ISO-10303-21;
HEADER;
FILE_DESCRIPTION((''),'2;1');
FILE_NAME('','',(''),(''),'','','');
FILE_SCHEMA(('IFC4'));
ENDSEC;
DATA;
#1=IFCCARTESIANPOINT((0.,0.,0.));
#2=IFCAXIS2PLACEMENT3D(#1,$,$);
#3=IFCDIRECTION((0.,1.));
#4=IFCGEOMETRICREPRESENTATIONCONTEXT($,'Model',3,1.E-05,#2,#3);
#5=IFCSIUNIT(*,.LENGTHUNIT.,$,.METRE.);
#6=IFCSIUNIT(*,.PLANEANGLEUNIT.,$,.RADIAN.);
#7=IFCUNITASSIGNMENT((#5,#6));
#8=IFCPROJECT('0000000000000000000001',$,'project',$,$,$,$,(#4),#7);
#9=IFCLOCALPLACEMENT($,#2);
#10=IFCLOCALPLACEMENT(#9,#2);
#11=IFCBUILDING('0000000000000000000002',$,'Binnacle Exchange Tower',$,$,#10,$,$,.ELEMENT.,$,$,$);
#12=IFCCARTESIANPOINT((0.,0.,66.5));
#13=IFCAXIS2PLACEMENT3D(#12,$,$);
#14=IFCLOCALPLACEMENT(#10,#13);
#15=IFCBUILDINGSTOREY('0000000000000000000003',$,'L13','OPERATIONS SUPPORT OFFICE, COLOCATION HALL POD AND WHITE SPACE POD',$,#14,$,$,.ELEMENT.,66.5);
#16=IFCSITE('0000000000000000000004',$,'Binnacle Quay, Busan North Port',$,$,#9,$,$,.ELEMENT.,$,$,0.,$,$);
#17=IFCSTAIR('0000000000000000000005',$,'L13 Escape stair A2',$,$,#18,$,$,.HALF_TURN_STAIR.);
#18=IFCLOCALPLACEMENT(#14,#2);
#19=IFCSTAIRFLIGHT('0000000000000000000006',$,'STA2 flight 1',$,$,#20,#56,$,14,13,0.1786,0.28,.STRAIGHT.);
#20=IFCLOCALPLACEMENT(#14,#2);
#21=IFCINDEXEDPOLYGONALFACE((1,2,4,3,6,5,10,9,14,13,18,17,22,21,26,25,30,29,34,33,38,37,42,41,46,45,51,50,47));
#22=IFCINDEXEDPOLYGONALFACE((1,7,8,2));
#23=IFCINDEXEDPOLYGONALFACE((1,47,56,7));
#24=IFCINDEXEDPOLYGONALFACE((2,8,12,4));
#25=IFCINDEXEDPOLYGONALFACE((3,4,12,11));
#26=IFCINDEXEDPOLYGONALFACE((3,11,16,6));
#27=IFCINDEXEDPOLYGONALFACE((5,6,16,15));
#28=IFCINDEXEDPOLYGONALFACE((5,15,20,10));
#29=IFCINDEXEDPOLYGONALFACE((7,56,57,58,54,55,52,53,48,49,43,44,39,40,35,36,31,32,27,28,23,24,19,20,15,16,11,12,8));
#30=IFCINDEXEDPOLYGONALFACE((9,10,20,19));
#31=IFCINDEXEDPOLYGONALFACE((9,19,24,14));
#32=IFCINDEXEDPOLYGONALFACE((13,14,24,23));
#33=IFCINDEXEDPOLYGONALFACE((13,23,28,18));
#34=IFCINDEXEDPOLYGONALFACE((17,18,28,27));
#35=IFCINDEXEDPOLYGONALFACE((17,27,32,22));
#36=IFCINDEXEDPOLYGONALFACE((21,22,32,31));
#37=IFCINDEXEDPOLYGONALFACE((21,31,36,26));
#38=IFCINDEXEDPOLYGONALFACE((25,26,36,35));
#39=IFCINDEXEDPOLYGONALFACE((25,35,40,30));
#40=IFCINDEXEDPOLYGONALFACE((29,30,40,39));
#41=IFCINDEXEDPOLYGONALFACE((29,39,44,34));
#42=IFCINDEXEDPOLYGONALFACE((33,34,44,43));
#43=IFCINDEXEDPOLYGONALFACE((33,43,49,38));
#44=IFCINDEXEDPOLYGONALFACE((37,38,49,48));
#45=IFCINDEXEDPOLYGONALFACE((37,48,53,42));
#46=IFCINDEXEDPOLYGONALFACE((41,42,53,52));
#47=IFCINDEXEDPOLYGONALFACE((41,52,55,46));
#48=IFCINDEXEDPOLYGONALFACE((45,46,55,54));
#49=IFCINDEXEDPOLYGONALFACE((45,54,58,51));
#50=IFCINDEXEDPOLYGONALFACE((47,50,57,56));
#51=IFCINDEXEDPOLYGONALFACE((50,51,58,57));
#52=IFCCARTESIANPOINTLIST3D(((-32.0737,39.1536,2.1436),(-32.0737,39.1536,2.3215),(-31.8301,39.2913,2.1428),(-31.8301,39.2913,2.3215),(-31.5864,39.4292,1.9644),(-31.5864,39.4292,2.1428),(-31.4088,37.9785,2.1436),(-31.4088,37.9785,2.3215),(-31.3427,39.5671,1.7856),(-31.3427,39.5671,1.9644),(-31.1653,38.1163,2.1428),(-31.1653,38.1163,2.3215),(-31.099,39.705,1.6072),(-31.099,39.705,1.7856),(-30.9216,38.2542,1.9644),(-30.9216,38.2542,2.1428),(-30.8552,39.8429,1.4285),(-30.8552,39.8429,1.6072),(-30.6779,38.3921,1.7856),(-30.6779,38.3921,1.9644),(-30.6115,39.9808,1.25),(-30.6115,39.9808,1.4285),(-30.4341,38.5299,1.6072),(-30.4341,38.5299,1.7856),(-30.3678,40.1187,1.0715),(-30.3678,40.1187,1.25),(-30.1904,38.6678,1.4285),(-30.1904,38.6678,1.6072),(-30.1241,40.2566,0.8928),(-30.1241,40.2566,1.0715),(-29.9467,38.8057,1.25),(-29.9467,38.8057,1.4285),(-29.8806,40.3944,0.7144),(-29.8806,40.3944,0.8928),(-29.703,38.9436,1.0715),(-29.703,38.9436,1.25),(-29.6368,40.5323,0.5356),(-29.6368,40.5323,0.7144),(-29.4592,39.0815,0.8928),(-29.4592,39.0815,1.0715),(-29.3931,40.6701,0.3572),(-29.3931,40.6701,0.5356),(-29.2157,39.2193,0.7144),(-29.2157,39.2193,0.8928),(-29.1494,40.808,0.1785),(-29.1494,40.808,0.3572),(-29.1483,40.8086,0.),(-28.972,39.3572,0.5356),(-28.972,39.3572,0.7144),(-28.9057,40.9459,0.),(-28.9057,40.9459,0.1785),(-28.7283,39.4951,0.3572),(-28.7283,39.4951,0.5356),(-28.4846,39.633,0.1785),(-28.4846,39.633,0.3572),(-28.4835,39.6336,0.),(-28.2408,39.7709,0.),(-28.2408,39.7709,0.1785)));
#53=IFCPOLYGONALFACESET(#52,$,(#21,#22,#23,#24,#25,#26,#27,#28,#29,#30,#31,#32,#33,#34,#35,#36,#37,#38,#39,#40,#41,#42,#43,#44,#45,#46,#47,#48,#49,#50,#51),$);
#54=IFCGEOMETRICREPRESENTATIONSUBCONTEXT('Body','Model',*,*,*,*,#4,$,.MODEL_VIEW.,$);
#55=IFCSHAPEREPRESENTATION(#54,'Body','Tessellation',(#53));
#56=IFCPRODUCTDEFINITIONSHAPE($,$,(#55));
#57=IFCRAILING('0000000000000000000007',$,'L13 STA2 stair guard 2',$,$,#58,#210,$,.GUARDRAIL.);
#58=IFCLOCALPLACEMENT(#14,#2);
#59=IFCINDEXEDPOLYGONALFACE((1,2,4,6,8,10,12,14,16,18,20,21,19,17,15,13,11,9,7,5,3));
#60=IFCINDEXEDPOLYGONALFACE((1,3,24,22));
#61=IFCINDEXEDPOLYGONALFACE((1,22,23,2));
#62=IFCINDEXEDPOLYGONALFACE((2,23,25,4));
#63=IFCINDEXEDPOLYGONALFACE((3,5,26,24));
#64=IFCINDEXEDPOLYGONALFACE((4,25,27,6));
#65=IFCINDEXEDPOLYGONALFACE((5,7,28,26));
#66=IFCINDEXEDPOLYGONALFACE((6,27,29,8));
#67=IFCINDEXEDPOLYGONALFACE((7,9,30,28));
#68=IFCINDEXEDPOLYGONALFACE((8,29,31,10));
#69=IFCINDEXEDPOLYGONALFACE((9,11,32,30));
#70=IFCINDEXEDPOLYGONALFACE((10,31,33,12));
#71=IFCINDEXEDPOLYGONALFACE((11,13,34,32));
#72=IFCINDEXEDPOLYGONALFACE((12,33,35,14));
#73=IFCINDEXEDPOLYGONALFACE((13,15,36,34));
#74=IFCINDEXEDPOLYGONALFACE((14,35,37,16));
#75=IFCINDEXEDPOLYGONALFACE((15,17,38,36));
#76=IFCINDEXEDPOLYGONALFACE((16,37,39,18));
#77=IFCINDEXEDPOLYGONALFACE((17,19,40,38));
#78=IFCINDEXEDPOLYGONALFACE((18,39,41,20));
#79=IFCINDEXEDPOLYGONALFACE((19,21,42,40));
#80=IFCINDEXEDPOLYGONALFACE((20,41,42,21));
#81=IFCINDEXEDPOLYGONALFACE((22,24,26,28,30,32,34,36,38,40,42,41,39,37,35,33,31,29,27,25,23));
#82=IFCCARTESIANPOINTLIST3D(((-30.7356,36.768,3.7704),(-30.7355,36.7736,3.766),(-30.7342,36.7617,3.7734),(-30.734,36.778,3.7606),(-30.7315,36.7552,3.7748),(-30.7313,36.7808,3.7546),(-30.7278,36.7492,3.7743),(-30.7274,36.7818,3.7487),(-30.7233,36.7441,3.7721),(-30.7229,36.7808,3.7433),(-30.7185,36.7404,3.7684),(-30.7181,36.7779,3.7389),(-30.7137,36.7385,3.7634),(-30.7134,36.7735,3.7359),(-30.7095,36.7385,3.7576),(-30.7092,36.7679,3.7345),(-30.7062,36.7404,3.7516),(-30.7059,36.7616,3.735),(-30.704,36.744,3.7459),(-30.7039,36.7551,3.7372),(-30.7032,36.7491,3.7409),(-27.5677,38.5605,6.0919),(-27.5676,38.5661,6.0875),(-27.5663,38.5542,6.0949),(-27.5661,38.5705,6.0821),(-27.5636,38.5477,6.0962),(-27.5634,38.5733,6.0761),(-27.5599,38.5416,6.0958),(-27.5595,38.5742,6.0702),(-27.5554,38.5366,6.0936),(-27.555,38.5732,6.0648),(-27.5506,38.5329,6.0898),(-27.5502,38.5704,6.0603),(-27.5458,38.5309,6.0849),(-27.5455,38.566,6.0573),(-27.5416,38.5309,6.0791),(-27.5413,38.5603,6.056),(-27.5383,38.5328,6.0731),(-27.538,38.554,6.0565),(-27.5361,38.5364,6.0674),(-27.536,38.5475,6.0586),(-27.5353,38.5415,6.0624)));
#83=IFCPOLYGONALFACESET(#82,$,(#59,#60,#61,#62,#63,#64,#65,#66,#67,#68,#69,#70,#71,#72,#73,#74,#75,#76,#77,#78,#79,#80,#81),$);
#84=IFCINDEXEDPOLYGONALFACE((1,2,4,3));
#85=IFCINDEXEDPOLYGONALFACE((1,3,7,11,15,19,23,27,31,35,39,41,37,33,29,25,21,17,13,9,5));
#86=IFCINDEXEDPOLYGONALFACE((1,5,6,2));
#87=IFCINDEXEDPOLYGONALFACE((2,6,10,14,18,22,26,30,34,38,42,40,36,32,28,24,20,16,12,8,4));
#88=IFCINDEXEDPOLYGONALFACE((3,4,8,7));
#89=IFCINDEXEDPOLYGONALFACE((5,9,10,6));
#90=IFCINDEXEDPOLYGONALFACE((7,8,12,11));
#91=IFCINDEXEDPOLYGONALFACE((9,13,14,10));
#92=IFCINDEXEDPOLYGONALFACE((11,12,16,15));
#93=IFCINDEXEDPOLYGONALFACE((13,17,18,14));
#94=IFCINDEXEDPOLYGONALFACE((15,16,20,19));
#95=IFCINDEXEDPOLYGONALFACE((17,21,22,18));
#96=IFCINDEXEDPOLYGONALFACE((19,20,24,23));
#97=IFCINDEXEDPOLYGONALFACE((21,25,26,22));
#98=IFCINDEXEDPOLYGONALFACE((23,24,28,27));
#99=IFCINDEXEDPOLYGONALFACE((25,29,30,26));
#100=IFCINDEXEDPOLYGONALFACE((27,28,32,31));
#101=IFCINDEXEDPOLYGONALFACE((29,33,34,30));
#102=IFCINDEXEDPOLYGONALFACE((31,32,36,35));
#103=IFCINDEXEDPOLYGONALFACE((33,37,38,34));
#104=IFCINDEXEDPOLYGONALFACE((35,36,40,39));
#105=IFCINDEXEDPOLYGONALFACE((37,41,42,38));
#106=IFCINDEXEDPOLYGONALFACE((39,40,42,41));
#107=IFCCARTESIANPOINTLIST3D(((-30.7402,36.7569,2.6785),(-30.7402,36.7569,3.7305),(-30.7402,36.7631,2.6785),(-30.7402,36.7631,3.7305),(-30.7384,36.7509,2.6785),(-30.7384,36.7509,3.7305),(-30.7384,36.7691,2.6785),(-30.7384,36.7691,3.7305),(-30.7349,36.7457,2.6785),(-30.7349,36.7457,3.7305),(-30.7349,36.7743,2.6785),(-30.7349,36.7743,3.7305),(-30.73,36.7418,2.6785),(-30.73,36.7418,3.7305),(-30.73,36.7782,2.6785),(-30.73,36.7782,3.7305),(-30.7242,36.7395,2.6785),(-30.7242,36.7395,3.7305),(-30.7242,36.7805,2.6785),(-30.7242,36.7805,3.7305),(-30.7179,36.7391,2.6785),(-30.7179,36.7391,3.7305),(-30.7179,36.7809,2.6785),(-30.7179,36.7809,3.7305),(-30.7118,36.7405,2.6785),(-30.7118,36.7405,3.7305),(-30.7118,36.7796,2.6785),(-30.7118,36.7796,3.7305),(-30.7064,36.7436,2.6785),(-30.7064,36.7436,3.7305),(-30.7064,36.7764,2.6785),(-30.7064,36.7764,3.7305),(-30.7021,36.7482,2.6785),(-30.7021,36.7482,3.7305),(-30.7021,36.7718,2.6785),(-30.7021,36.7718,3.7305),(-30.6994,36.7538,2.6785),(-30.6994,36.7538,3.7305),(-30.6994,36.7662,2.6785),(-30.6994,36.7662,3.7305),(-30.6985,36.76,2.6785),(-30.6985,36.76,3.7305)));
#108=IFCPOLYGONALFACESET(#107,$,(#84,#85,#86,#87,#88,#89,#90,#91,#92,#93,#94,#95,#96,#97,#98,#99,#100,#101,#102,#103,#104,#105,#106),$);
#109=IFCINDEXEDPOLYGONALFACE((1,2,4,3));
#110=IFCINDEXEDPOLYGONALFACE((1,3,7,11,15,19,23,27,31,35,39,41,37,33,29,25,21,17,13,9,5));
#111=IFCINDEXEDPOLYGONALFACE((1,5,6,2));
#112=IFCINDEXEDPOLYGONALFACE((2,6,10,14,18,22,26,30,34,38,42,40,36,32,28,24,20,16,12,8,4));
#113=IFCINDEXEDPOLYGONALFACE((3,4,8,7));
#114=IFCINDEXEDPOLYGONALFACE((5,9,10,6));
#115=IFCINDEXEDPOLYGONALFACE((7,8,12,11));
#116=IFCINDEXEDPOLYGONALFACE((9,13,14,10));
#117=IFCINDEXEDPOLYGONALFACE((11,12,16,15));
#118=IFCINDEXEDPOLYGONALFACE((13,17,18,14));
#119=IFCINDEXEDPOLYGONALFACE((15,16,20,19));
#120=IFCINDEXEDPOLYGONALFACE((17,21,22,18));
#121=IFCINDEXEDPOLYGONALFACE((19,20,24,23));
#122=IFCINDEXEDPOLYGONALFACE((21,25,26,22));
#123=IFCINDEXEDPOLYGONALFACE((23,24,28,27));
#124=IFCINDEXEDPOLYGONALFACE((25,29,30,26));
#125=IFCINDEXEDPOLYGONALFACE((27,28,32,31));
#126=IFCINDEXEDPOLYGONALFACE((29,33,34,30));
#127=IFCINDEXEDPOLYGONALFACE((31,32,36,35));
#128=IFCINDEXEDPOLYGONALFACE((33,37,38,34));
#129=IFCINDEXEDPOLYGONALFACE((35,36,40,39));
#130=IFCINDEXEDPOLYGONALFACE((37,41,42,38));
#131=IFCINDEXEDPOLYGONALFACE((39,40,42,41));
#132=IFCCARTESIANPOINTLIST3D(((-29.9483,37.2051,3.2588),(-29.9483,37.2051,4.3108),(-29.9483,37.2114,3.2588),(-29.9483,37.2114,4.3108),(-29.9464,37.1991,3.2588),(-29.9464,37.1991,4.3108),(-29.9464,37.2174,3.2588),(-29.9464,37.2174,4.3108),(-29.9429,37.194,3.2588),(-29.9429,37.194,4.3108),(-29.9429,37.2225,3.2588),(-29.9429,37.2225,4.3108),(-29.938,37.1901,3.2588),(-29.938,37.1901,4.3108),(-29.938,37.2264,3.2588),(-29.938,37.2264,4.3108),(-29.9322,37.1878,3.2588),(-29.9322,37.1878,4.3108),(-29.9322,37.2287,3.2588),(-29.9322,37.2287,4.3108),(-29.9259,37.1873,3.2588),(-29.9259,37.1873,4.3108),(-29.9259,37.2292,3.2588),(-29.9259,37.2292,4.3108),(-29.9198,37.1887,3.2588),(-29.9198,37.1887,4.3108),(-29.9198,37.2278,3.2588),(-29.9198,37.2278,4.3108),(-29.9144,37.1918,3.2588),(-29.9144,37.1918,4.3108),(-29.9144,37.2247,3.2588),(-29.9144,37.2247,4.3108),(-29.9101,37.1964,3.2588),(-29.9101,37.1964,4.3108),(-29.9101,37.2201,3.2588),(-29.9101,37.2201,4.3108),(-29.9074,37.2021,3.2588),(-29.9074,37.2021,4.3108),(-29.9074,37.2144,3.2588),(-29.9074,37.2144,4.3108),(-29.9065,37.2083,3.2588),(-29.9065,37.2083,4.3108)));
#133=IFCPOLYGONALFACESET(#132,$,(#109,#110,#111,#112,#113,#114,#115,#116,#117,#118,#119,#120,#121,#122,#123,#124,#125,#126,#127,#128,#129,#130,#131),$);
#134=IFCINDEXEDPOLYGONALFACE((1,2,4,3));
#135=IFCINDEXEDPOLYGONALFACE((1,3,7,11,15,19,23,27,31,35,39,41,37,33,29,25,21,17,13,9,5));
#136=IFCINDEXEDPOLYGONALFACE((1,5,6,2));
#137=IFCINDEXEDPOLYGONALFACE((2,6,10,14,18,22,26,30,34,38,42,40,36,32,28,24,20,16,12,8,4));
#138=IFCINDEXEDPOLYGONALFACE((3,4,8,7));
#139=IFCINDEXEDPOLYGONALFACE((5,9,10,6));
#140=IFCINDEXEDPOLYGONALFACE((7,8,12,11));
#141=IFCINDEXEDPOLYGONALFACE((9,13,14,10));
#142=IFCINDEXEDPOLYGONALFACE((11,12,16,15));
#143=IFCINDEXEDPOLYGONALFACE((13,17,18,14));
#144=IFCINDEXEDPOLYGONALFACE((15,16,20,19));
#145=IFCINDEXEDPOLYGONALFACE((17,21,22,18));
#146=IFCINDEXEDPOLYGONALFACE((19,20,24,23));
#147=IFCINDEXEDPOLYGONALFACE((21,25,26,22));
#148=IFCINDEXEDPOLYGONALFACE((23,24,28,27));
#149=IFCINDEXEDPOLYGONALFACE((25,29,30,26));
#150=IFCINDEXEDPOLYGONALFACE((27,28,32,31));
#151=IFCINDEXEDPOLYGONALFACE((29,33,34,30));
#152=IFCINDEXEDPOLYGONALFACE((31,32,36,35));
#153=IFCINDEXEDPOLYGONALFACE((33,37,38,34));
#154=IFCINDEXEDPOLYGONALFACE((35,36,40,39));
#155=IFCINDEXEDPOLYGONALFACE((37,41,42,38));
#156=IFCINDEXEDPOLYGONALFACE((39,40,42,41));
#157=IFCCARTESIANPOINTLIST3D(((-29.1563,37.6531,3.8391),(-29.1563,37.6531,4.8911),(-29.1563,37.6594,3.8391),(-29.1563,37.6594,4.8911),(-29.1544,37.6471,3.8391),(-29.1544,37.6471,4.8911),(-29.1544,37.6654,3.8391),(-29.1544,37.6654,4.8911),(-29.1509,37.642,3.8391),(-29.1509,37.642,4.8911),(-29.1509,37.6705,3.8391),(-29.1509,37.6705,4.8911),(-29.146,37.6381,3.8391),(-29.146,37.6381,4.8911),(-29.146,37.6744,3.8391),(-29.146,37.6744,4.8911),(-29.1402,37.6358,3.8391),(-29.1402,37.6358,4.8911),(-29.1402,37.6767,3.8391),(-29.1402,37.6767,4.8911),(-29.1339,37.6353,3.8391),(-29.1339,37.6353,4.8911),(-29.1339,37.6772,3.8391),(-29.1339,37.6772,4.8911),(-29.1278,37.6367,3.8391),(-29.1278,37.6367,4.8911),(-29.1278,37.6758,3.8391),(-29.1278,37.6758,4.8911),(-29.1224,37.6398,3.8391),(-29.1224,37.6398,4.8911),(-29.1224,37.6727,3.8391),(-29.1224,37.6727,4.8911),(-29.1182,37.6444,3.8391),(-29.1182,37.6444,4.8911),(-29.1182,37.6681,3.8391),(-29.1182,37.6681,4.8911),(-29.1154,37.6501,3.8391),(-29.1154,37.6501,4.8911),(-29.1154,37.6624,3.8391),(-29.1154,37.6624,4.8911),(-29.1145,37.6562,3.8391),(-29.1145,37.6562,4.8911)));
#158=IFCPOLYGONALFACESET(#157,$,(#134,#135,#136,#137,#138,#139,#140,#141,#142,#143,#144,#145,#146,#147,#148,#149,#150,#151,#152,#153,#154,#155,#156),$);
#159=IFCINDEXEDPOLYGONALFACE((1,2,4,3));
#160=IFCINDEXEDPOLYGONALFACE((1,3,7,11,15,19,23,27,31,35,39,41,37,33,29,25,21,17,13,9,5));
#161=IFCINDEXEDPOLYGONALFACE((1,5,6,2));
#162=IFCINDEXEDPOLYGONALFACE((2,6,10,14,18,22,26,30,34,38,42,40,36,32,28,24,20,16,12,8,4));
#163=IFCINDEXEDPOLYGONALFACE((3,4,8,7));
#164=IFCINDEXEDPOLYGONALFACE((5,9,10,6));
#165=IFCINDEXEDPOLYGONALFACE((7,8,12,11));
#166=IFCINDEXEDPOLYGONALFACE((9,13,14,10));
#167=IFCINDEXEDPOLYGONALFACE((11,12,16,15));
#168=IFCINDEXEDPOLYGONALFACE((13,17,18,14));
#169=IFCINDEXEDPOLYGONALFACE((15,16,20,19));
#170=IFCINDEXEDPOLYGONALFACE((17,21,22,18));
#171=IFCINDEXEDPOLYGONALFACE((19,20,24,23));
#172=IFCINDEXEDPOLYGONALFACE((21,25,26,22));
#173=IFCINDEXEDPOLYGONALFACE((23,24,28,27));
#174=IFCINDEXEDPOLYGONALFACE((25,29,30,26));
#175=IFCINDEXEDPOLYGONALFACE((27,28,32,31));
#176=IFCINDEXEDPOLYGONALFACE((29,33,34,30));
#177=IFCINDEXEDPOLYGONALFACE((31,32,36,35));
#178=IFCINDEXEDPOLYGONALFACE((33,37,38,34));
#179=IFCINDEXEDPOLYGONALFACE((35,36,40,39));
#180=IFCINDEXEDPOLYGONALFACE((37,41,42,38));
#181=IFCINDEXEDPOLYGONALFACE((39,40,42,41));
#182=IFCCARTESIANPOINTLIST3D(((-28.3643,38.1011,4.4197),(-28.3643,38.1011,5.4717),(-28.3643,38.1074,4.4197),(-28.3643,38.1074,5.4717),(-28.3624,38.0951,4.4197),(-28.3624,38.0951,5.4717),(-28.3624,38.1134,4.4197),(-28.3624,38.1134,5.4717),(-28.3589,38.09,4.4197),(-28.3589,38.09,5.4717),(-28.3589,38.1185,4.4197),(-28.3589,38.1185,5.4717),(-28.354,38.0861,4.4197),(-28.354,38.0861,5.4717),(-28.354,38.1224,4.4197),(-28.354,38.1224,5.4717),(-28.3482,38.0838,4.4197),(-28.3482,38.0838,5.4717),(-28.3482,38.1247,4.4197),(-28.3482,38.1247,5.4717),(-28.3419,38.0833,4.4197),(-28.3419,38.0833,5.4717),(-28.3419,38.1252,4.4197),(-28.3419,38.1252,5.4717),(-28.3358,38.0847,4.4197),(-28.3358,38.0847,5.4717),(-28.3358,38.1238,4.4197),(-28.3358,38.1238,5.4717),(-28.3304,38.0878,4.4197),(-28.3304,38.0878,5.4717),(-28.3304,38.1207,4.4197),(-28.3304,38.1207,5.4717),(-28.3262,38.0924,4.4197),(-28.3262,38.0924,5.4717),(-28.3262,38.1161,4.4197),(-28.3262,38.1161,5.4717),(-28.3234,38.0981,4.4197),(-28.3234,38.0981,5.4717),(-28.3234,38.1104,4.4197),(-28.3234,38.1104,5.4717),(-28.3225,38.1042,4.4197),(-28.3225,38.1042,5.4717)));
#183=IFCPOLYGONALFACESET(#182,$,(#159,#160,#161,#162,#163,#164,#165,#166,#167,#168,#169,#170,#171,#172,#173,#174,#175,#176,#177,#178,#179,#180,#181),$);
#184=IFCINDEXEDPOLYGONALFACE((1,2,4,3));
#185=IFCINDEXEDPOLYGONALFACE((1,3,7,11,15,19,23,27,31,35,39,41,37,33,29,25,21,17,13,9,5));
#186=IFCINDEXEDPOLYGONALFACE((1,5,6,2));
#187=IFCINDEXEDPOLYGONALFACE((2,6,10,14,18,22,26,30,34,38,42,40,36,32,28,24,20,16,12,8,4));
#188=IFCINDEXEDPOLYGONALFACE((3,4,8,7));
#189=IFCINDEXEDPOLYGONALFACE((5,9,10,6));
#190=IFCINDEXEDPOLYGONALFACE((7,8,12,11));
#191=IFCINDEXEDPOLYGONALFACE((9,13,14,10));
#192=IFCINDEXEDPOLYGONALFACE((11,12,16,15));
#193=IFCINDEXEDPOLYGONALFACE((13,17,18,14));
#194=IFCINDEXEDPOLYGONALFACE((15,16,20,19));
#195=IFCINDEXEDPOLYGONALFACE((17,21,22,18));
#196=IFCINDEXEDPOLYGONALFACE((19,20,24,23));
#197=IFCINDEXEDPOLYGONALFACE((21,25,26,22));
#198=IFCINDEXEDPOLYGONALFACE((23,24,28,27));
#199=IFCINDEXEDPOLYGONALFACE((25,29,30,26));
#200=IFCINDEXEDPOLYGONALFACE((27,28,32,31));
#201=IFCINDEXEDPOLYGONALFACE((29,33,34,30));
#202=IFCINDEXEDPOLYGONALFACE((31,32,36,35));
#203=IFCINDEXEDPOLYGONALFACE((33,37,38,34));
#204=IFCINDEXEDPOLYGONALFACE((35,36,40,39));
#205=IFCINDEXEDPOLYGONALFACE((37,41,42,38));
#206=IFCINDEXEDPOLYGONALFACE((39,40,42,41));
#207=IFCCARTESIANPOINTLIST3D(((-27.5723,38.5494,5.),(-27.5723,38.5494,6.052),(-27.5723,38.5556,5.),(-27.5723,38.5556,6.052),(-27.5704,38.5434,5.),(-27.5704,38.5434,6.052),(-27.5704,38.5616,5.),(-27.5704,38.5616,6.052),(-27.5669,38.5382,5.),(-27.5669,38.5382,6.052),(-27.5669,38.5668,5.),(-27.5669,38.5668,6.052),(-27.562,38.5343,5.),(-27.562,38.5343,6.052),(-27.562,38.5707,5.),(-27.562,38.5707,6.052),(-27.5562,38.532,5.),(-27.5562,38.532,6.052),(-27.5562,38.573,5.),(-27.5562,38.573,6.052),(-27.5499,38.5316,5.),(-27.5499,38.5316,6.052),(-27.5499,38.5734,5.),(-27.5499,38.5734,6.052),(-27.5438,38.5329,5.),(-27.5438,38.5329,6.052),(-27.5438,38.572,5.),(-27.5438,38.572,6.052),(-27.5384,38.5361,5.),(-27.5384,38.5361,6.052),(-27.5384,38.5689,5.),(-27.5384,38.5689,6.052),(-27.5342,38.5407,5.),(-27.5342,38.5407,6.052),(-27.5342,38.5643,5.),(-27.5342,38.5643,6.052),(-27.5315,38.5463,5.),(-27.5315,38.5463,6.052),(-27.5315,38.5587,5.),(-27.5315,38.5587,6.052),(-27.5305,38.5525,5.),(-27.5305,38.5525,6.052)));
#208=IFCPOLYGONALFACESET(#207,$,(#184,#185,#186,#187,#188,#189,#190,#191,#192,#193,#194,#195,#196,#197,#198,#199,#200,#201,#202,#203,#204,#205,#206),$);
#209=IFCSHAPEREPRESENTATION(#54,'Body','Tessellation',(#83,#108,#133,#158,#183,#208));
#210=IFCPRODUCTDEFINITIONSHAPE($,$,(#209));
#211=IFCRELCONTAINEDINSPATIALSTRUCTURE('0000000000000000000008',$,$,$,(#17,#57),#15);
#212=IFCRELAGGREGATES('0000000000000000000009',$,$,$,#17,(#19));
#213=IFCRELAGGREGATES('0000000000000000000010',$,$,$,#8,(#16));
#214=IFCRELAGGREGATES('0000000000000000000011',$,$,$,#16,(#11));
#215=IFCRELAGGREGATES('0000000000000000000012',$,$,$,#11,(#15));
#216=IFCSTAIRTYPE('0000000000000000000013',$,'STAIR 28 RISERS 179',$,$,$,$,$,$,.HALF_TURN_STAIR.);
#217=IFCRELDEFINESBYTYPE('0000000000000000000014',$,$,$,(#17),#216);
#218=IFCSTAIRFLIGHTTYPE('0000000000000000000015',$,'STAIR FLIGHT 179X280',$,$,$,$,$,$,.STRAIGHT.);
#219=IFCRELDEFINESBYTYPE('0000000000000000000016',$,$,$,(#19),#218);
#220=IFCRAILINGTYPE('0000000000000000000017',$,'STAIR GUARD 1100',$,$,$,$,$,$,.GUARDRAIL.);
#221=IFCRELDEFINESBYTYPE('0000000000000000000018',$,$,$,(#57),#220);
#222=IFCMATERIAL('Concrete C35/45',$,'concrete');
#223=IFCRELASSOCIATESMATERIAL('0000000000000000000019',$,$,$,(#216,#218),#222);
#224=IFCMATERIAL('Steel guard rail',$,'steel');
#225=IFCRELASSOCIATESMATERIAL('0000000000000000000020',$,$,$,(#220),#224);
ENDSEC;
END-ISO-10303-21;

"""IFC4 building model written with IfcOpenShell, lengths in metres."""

from ifc_helpers import new_model, si_unit, direction, frame, origin, origin_2d, place, context, subcontext, project, spatial, polyline, circle, outline, extrude, material, type_object, element, aggregate, save


model = new_model("IFC4")

# Units and contexts
model_context = context("Model", 3, precision=1e-05, world=origin(), true_north=direction((0.0, 1.0)))
body_context = subcontext(model_context, "Body", "Model", "MODEL_VIEW")
ifc_project = project(units=[si_unit("LENGTHUNIT", "METRE"), si_unit("PLANEANGLEUNIT", "RADIAN")], contexts=[model_context])

# Site, building, storey
site_placement = place(None, origin())
site = spatial("IfcSite", under=ifc_project, at=site_placement, Name="Binnacle Quay, Busan North Port", CompositionType="ELEMENT", RefElevation=0.0)
building_placement = place(site_placement, origin())
building = spatial("IfcBuilding", under=site, at=building_placement, Name="Binnacle Exchange Tower", CompositionType="ELEMENT")
storey_placement = place(building_placement, frame((0.0, 0.0, 66.5)))
storey = spatial("IfcBuildingStorey", under=building, at=storey_placement, Name="L13", Description="OPERATIONS SUPPORT OFFICE, COLOCATION HALL POD AND WHITE SPACE POD", CompositionType="ELEMENT", Elevation=66.5)

# Stair, stair flight
ifc_material_1 = material(Name="Concrete C35/45", Category="concrete")
stair_type = type_object("IfcStairType", Name="STAIR 28 RISERS 179", PredefinedType="HALF_TURN_STAIR", material=ifc_material_1)
stair_placement = place(storey_placement, origin())
stair = element("IfcStair", 1, at=stair_placement, inside=storey, type_object=stair_type, Name="L13 Escape stair A2", PredefinedType="HALF_TURN_STAIR")
stair_flight_type = type_object("IfcStairFlightType", Name="STAIR FLIGHT 179X280", PredefinedType="STRAIGHT", material=ifc_material_1)
stair_flight_placement = place(storey_placement, frame((-28.5732, 40.3584, 0.0), z_axis=(0.0, 0.0, 1.0), x_axis=(-0.870356, -0.492424, 0.0)))
stair_flight = element("IfcStairFlight", 2, at=stair_flight_placement, type_object=stair_flight_type, Name="STA2 flight 1", NumberOfRisers=14, NumberOfTreads=13, PredefinedType="STRAIGHT", RiserHeight=0.1786, TreadLength=0.28, context=body_context, shape_type="SweptSolid", body=[
    extrude(outline(polyline([(0.0, 0.0), (0.0, 0.1785), (0.28, 0.1785), (0.28, 0.3572), (0.5601, 0.3572), (0.5601, 0.5356), (0.8401, 0.5356), (0.8401, 0.7144), (1.1201, 0.7144), (1.1201, 0.8928), (1.3999, 0.8928), (1.3999, 1.0715), (1.6799, 1.0715), (1.6799, 1.25), (1.96, 1.25), (1.96, 1.4285), (2.24, 1.4285), (2.24, 1.6072), (2.52, 1.6072), (2.52, 1.7856), (2.8, 1.7856), (2.8, 1.9644), (3.0801, 1.9644), (3.0801, 2.1428), (3.3601, 2.1428), (3.3601, 2.3215), (3.6399, 2.3215), (3.6399, 2.5), (3.6399, 2.1436), (0.2788, 0.0), (0.0, 0.0)])), frame((0.0, 0.675, 0.0), z_axis=(0.0, -1.0, 0.0), x_axis=(1.0, 0.0, 0.0)), (0.0, 0.0, 1.0), 1.3501),
])
aggregate(stair, [stair_flight])

# Railing
ifc_material_2 = material(Name="Steel guard rail", Category="steel")
railing_type_1 = type_object("IfcRailingType", Name="STAIR GUARD 1100", PredefinedType="GUARDRAIL", material=ifc_material_2)
railing_1_placement = place(storey_placement, frame((-30.7195, 36.76, 2.6785)))
element("IfcRailing", 3, at=railing_1_placement, inside=storey, type_object=railing_type_1, Name="L13 STA2 stair guard 2", PredefinedType="GUARDRAIL", context=body_context, shape_type="SweptSolid", body=[
    extrude(circle(Radius=0.0239, at=origin_2d()), frame((0.0, 0.0, 1.0762), z_axis=(0.733796, 0.415192, 0.537736), x_axis=(-0.492451, 0.87034, 0.0)), (0.0, 0.0, 1.0), 4.3171),
    extrude(circle(Radius=0.021, at=origin_2d()), origin(), (0.0, 0.0, 1.0), 1.052),
    extrude(circle(Radius=0.021, at=origin_2d()), frame((0.792, 0.4482, 0.5803)), (0.0, 0.0, 1.0), 1.052),
    extrude(circle(Radius=0.021, at=origin_2d()), frame((1.584, 0.8962, 1.1606)), (0.0, 0.0, 1.0), 1.052),
    extrude(circle(Radius=0.021, at=origin_2d()), frame((2.376, 1.3442, 1.7412)), (0.0, 0.0, 1.0), 1.052),
    extrude(circle(Radius=0.021, at=origin_2d()), frame((3.168, 1.7925, 2.3215)), (0.0, 0.0, 1.0), 1.052),
])

save(model, "model.ifc")
